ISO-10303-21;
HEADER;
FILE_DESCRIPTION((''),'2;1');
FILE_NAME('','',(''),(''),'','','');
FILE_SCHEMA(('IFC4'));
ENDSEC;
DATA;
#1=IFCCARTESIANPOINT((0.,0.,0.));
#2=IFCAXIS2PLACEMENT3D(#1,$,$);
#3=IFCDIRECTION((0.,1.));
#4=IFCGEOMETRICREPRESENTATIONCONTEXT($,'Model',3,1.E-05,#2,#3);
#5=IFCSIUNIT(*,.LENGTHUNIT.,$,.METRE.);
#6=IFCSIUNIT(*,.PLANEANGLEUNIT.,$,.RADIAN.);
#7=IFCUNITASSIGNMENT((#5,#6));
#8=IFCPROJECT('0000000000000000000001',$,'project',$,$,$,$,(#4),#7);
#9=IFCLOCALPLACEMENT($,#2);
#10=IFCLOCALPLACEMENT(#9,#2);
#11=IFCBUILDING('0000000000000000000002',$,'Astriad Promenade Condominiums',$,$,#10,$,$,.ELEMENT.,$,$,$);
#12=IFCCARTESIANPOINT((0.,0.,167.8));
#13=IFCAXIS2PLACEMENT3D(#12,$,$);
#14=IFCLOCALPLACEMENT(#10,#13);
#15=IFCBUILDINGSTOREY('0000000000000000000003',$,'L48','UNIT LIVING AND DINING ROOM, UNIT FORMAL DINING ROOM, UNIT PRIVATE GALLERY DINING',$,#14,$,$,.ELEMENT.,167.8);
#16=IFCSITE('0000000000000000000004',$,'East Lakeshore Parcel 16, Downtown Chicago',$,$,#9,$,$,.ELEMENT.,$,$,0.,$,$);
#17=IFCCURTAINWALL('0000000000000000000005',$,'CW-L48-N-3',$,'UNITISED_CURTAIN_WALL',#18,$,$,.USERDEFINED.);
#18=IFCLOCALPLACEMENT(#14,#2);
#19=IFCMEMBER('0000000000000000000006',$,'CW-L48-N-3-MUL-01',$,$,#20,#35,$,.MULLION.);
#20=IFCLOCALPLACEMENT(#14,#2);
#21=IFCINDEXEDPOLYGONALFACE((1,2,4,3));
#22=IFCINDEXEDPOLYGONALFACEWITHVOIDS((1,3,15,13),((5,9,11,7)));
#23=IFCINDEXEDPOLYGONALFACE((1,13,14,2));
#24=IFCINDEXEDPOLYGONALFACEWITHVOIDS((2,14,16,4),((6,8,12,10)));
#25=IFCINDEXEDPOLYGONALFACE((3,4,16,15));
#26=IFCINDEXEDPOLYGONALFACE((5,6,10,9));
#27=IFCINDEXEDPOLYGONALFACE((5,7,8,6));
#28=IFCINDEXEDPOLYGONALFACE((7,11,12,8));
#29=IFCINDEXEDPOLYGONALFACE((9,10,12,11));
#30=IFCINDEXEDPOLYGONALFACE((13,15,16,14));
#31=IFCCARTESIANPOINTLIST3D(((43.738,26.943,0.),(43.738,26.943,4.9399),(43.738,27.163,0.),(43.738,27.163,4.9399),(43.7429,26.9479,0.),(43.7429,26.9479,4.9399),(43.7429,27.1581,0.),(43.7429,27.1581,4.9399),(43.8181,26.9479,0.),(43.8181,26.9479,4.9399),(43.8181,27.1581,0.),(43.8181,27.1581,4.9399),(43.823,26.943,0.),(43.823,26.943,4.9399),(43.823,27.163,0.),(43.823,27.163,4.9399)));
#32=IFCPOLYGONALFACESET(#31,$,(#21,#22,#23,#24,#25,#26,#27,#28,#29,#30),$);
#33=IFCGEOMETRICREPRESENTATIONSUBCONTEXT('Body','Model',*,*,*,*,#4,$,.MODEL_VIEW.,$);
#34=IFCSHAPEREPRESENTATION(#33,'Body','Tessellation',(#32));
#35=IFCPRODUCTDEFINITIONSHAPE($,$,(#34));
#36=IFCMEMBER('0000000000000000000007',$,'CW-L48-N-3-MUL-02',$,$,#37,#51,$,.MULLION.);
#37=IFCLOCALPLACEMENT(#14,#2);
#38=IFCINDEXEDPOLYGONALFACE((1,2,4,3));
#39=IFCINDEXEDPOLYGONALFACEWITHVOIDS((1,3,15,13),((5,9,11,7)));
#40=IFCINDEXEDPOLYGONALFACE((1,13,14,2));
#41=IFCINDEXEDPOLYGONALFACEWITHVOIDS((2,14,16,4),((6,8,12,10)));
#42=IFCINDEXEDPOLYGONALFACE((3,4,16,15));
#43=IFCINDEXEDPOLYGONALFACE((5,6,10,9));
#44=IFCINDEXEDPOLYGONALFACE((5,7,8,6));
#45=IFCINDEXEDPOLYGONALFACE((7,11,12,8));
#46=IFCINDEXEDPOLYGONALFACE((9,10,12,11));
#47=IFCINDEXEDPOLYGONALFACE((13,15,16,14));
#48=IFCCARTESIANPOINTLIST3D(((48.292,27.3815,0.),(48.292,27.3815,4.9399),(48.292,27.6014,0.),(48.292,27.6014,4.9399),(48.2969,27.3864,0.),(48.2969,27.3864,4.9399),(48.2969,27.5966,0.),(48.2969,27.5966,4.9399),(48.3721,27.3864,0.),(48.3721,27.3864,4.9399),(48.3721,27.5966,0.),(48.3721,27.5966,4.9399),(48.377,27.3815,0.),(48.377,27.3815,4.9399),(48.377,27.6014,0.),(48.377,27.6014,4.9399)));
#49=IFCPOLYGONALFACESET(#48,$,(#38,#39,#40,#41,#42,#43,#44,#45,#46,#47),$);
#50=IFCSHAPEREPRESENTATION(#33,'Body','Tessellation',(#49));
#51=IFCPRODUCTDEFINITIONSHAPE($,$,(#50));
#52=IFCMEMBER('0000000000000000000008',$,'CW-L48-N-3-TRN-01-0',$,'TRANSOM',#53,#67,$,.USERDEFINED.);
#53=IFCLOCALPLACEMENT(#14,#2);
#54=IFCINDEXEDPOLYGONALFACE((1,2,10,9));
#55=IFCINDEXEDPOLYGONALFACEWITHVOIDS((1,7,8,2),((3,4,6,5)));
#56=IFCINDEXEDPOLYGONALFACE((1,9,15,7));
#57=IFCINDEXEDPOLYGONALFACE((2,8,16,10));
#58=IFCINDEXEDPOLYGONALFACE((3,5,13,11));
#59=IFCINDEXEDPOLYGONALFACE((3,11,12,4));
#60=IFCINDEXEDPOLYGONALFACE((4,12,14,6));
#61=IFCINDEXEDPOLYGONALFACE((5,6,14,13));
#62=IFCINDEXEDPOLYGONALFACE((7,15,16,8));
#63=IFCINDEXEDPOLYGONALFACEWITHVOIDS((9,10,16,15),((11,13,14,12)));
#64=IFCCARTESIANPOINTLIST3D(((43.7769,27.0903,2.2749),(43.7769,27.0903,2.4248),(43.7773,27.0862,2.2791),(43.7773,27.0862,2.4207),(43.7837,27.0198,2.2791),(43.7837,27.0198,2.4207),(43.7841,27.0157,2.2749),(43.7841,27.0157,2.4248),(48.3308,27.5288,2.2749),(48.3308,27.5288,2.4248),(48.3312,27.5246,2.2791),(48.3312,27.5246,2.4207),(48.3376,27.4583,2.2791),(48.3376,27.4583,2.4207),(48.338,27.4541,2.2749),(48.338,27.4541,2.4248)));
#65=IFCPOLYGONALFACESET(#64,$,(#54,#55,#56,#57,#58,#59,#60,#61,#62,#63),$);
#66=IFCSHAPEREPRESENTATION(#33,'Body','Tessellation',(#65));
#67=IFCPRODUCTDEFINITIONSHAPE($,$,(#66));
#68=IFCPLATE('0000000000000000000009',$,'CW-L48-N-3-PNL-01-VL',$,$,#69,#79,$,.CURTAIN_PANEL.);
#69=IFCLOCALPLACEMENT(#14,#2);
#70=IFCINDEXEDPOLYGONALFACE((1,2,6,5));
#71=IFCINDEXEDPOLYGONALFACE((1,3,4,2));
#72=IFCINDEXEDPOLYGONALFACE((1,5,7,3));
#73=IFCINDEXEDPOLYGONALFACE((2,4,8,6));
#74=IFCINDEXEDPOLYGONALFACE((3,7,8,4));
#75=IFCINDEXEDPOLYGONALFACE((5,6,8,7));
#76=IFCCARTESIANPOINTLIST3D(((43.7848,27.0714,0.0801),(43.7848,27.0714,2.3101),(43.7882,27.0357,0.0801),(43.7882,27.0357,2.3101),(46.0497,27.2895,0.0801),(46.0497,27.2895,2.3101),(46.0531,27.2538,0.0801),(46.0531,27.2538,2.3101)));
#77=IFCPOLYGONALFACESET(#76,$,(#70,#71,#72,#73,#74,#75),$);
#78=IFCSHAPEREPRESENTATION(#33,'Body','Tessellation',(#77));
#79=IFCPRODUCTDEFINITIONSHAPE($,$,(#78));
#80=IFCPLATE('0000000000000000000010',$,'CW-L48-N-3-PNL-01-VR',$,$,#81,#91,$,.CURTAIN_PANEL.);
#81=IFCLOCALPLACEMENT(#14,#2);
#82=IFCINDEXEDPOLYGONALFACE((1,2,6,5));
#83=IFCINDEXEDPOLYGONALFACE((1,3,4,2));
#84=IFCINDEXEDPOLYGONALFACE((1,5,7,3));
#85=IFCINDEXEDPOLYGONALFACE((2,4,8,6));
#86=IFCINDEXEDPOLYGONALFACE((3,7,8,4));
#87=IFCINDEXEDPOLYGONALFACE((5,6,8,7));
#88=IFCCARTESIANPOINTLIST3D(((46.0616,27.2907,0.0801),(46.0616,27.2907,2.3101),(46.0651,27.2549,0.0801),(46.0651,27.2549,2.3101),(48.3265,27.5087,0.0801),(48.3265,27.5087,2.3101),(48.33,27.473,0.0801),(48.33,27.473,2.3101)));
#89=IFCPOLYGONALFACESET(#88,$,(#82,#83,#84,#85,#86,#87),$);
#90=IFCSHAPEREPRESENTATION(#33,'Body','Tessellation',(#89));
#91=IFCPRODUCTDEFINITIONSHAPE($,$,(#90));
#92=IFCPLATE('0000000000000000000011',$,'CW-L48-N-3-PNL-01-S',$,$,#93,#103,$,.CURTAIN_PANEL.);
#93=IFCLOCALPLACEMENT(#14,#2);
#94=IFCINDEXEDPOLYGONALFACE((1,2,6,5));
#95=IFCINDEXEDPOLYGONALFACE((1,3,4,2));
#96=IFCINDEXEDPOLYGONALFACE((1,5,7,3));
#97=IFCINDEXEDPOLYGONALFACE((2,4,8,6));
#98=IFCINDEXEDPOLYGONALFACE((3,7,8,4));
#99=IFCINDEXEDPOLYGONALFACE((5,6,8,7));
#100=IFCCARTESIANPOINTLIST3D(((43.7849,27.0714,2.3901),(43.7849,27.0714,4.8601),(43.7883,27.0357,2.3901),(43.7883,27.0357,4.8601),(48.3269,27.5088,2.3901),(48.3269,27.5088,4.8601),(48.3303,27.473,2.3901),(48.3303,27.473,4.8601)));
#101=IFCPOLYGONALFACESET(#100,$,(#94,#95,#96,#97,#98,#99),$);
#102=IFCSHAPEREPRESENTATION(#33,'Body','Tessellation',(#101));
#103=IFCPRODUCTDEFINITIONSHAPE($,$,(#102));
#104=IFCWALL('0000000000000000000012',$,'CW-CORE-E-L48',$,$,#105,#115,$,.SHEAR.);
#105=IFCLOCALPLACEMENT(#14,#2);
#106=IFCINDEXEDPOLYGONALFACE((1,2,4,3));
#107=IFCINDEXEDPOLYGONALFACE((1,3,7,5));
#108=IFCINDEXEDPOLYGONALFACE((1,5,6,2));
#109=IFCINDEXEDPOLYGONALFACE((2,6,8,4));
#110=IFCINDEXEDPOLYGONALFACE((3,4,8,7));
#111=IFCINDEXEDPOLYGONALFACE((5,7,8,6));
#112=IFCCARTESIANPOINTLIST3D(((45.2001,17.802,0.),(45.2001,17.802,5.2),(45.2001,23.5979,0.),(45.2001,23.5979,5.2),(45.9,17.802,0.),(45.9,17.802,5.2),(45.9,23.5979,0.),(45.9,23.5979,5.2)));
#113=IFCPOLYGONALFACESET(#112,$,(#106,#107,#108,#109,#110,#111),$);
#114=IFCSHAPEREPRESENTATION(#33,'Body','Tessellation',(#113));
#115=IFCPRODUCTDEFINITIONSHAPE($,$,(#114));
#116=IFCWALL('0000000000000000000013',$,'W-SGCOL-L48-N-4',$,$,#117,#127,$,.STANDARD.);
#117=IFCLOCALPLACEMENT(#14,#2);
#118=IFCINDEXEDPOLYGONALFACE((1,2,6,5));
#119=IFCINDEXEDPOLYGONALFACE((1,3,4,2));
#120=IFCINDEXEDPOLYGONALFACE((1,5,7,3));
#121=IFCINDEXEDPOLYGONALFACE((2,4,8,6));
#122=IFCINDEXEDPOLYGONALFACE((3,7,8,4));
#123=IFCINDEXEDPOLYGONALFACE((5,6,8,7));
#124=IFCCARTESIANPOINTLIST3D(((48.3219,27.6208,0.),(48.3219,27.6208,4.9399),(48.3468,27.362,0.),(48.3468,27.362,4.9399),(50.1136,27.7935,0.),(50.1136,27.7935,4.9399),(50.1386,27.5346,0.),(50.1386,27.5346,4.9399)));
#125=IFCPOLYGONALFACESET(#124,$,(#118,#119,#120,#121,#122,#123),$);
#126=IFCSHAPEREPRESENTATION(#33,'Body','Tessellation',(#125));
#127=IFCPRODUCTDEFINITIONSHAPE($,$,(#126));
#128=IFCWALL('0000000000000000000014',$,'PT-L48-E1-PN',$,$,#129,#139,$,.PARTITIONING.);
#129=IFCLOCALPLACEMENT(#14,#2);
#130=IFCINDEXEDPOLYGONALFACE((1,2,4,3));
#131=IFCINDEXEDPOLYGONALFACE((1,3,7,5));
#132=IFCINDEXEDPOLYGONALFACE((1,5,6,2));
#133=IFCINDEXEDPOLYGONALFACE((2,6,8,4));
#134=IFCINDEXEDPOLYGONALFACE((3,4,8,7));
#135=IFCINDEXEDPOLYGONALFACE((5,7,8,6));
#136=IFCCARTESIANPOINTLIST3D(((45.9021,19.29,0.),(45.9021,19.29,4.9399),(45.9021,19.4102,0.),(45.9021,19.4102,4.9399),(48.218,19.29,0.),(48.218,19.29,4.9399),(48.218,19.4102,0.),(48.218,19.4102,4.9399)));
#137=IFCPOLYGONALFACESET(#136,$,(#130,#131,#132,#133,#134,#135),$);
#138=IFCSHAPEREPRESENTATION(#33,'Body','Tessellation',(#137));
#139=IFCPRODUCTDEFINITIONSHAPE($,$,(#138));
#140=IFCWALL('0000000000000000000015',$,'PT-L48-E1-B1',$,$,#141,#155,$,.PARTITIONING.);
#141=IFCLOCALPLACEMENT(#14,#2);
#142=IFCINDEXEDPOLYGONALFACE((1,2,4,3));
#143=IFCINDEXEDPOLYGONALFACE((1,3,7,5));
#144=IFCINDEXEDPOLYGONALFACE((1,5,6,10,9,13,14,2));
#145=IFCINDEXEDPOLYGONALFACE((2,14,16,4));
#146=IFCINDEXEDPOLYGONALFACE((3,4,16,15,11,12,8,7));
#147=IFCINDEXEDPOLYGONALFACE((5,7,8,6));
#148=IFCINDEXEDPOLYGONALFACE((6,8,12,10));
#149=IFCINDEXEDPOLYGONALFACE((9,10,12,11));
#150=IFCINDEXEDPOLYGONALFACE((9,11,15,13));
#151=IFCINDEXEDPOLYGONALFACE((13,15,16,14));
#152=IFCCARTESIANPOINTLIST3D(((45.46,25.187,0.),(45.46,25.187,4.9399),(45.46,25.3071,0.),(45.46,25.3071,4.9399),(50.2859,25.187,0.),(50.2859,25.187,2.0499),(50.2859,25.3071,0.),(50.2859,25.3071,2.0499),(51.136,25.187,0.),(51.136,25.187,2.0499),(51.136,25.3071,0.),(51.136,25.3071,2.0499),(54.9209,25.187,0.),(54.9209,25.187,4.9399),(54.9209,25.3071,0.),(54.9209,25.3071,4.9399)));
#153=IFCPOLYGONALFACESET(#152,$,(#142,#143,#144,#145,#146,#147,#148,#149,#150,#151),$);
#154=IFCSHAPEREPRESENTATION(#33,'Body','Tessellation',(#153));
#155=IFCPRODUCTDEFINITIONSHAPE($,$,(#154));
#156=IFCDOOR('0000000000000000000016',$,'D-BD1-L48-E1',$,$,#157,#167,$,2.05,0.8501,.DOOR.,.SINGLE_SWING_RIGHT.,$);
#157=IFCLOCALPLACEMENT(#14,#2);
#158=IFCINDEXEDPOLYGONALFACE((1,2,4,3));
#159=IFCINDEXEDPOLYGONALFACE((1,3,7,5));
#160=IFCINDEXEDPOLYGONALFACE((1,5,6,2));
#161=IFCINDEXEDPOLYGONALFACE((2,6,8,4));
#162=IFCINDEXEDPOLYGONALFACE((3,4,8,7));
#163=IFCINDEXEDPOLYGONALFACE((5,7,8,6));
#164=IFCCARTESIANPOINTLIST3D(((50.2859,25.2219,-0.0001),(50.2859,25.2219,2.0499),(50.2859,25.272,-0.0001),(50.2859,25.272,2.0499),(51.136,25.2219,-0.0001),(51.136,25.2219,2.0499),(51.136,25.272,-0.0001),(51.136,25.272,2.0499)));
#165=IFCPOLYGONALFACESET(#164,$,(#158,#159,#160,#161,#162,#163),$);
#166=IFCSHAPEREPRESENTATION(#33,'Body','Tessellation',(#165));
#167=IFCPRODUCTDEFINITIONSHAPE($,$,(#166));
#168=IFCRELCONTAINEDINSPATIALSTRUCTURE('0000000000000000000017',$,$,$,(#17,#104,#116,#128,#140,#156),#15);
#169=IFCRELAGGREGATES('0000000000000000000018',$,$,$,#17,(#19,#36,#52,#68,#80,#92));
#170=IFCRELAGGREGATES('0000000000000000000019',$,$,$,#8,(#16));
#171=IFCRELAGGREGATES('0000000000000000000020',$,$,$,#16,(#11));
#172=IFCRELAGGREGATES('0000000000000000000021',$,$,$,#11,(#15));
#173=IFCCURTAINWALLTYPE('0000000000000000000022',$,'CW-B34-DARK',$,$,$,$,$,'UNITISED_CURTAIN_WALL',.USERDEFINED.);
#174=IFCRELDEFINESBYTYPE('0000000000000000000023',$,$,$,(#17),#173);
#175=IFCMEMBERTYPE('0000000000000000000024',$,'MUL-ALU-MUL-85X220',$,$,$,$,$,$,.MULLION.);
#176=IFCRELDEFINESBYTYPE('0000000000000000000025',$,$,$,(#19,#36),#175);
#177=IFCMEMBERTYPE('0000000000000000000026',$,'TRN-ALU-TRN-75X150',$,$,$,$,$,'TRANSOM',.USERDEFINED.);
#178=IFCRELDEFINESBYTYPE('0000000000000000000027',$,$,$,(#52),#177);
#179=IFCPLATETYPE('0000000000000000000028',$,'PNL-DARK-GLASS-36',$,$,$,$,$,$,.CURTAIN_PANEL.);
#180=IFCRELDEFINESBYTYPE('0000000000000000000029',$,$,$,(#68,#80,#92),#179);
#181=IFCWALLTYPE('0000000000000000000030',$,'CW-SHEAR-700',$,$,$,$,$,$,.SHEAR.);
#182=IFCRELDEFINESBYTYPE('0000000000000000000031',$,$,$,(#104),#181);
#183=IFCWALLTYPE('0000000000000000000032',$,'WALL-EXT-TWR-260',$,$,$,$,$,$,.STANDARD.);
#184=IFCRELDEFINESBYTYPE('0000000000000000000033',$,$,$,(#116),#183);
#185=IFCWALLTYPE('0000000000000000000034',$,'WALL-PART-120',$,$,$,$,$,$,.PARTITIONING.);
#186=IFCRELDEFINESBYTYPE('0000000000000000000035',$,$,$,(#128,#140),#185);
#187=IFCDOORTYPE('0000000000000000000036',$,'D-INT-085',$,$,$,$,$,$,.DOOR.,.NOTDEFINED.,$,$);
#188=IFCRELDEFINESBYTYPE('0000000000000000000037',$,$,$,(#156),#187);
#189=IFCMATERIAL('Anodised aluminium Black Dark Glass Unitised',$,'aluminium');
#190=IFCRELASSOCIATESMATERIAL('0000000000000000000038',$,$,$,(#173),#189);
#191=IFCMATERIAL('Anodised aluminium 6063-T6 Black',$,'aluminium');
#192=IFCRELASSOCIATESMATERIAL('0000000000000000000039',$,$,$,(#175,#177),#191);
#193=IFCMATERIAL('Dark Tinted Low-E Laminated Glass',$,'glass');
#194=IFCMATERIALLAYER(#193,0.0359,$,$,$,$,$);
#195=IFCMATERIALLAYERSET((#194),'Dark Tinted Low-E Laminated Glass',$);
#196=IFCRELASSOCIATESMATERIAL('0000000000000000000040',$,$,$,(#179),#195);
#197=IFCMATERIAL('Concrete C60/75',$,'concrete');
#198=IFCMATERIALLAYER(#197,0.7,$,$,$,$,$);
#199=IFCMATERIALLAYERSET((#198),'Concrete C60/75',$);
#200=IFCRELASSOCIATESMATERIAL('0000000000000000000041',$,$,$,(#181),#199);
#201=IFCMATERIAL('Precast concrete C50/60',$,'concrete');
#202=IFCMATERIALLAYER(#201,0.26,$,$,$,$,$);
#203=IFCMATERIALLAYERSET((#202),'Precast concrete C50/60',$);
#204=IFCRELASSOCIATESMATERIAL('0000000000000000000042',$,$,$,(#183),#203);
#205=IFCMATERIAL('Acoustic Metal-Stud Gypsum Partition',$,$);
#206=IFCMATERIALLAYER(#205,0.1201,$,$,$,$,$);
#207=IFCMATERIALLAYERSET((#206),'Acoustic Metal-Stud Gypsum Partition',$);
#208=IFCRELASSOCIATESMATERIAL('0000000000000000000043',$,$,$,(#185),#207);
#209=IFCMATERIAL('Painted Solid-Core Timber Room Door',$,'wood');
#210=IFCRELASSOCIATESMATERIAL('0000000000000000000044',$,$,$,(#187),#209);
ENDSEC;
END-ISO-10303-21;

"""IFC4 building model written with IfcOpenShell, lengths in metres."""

from ifc_helpers import new_model, si_unit, direction, frame, frame_2d, origin, origin_2d, place, context, subcontext, project, spatial, rectangle, hollow_rectangle, extrude, source, transform, mapped, material, layer, layer_set, material_profile, profile_set, type_object, type_shapes, element, fill, aggregate, save


model = new_model("IFC4")

# Units and contexts
model_context = context("Model", 3, precision=1e-05, world=origin(), true_north=direction((0.0, 1.0)))
body_context = subcontext(model_context, "Body", "Model", "MODEL_VIEW")
ifc_project = project(units=[si_unit("LENGTHUNIT", "METRE"), si_unit("PLANEANGLEUNIT", "RADIAN")], contexts=[model_context])

# Site, building, storey
site_placement = place(None, origin())
site = spatial("IfcSite", under=ifc_project, at=site_placement, Name="East Lakeshore Parcel 16, Downtown Chicago", CompositionType="ELEMENT", RefElevation=0.0)
building_placement = place(site_placement, origin())
building = spatial("IfcBuilding", under=site, at=building_placement, Name="Astriad Promenade Condominiums", CompositionType="ELEMENT")
storey_placement = place(building_placement, frame((0.0, 0.0, 167.8)))
storey = spatial("IfcBuildingStorey", under=building, at=storey_placement, Name="L48", Description="UNIT LIVING AND DINING ROOM, UNIT FORMAL DINING ROOM, UNIT PRIVATE GALLERY DINING", CompositionType="ELEMENT", Elevation=167.8)

# Curtain wall, members, plates
ifc_material_1 = material(Name="Anodised aluminium Black Dark Glass Unitised", Category="aluminium")
curtain_wall_type = type_object("IfcCurtainWallType", Name="CW-B34-DARK", ElementType="UNITISED_CURTAIN_WALL", PredefinedType="USERDEFINED", material=ifc_material_1)
curtain_wall_placement = place(storey_placement, origin())
curtain_wall = element("IfcCurtainWall", 1, at=curtain_wall_placement, inside=storey, type_object=curtain_wall_type, Name="CW-L48-N-3", ObjectType="UNITISED_CURTAIN_WALL", PredefinedType="USERDEFINED")
ifc_material_2 = material(Name="Anodised aluminium 6063-T6 Black", Category="aluminium")
ifc_material_profile_1 = material_profile(ifc_material_2, hollow_rectangle(XDim=0.085, YDim=0.22, WallThickness=0.0049, at=origin_2d()), Name="ALU-MUL-85X220")
ifc_profile_set_1 = profile_set([ifc_material_profile_1], Name="Anodised aluminium 6063-T6 Black")
member_type_1 = type_object("IfcMemberType", Name="MUL-ALU-MUL-85X220", PredefinedType="MULLION", material=ifc_profile_set_1)
shared_shape_1 = source(origin(), body_context, "Body", "SweptSolid", [
    extrude(hollow_rectangle(XDim=0.085, YDim=0.22, WallThickness=0.0049, at=origin_2d()), origin(), (0.0, 0.0, 1.0), 4.9399),
])
type_shapes(member_type_1, [shared_shape_1])
member_1_placement = place(storey_placement, frame((43.7805, 27.053, 0.0), z_axis=(0.0, 0.0, 1.0), x_axis=(1.0, 0.0, 0.0)))
member_1 = element("IfcMember", 2, at=member_1_placement, type_object=member_type_1, Name="CW-L48-N-3-MUL-01", PredefinedType="MULLION", context=body_context, shape_type="MappedRepresentation", body=[
    mapped(shared_shape_1, transform((0.0, 0.0, 0.0), scale=1.0)),
])
member_2_placement = place(storey_placement, frame((48.3345, 27.4915, 0.0), z_axis=(0.0, 0.0, 1.0), x_axis=(1.0, 0.0, 0.0)))
member_2 = element("IfcMember", 3, at=member_2_placement, type_object=member_type_1, Name="CW-L48-N-3-MUL-02", PredefinedType="MULLION", context=body_context, shape_type="MappedRepresentation", body=[
    mapped(shared_shape_1, transform((0.0, 0.0, 0.0), scale=1.0)),
])
ifc_material_profile_2 = material_profile(ifc_material_2, hollow_rectangle(XDim=0.075, YDim=0.1499, WallThickness=0.0042, at=origin_2d()), Name="ALU-TRN-75X150")
ifc_profile_set_2 = profile_set([ifc_material_profile_2], Name="Anodised aluminium 6063-T6 Black")
member_type_2 = type_object("IfcMemberType", Name="TRN-ALU-TRN-75X150", ElementType="TRANSOM", PredefinedType="USERDEFINED", material=ifc_profile_set_2)
shared_shape_2 = source(origin(), body_context, "Body", "SweptSolid", [
    extrude(hollow_rectangle(XDim=0.075, YDim=0.1499, WallThickness=0.0042, at=origin_2d()), origin(), (0.0, 0.0, 1.0), 4.575),
])
type_shapes(member_type_2, [shared_shape_2])
member_3_placement = place(storey_placement, frame((43.7805, 27.053, 2.3499), z_axis=(0.995397, 0.095842, 0.0), x_axis=(-0.095842, 0.995397, 0.0)))
member_3 = element("IfcMember", 4, at=member_3_placement, type_object=member_type_2, Name="CW-L48-N-3-TRN-01-0", ObjectType="TRANSOM", PredefinedType="USERDEFINED", context=body_context, shape_type="MappedRepresentation", body=[
    mapped(shared_shape_2, transform((0.0, 0.0, 0.0), scale=1.0)),
])
ifc_material_3 = material(Name="Dark Tinted Low-E Laminated Glass", Category="glass")
ifc_layer_1 = layer(ifc_material_3, 0.0359)
ifc_layer_set_1 = layer_set([ifc_layer_1], Name="Dark Tinted Low-E Laminated Glass")
plate_type = type_object("IfcPlateType", Name="PNL-DARK-GLASS-36", PredefinedType="CURTAIN_PANEL", material=ifc_layer_set_1)
shared_shape_3 = source(origin(), body_context, "Body", "SweptSolid", [
    extrude(rectangle(XDim=2.2754, YDim=0.0359, at=origin_2d()), origin(), (0.0, 0.0, 1.0), 2.23),
])
plate_1_placement = place(storey_placement, frame((44.9189, 27.1626, 0.0801), z_axis=(0.0, 0.0, 1.0), x_axis=(0.995396, 0.095846, 0.0)))
plate_1 = element("IfcPlate", 5, at=plate_1_placement, type_object=plate_type, Name="CW-L48-N-3-PNL-01-VL", PredefinedType="CURTAIN_PANEL", context=body_context, shape_type="MappedRepresentation", body=[
    mapped(shared_shape_3, transform((0.0, 0.0, 0.0), scale=1.0)),
])
plate_2_placement = place(storey_placement, frame((47.1958, 27.3818, 0.0801), z_axis=(0.0, 0.0, 1.0), x_axis=(0.995396, 0.095846, 0.0)))
plate_2 = element("IfcPlate", 6, at=plate_2_placement, type_object=plate_type, Name="CW-L48-N-3-PNL-01-VR", PredefinedType="CURTAIN_PANEL", context=body_context, shape_type="MappedRepresentation", body=[
    mapped(shared_shape_3, transform((0.0, 0.0, 0.0), scale=1.0)),
])
shared_shape_4 = source(origin(), body_context, "Body", "SweptSolid", [
    extrude(rectangle(XDim=4.563, YDim=0.0359, at=origin_2d()), origin(), (0.0, 0.0, 1.0), 2.47),
])
type_shapes(plate_type, [shared_shape_3, shared_shape_4])
plate_3_placement = place(storey_placement, frame((46.0576, 27.2722, 2.3901), z_axis=(0.0, 0.0, 1.0), x_axis=(0.995396, 0.095846, 0.0)))
plate_3 = element("IfcPlate", 7, at=plate_3_placement, type_object=plate_type, Name="CW-L48-N-3-PNL-01-S", PredefinedType="CURTAIN_PANEL", context=body_context, shape_type="MappedRepresentation", body=[
    mapped(shared_shape_4, transform((0.0, 0.0, 0.0), scale=1.0)),
])
aggregate(curtain_wall, [member_1, member_2, member_3, plate_1, plate_2, plate_3])

# Walls
ifc_material_4 = material(Name="Concrete C60/75", Category="concrete")
ifc_layer_2 = layer(ifc_material_4, 0.7)
ifc_layer_set_2 = layer_set([ifc_layer_2], Name="Concrete C60/75")
wall_type_1 = type_object("IfcWallType", Name="CW-SHEAR-700", PredefinedType="SHEAR", material=ifc_layer_set_2)
wall_1_placement = place(storey_placement, frame((45.55, 17.802, 0.0), z_axis=(0.0, 0.0, 1.0), x_axis=(0.0, 1.0, 0.0)))
element("IfcWall", 8, at=wall_1_placement, inside=storey, type_object=wall_type_1, Name="CW-CORE-E-L48", PredefinedType="SHEAR", context=body_context, shape_type="SweptSolid", body=[
    extrude(rectangle(XDim=5.7959, YDim=0.7, at=frame_2d((2.8979, 0.0))), origin(), (0.0, 0.0, 1.0), 5.2),
])
ifc_material_5 = material(Name="Precast concrete C50/60", Category="concrete")
ifc_layer_3 = layer(ifc_material_5, 0.26)
ifc_layer_set_3 = layer_set([ifc_layer_3], Name="Precast concrete C50/60")
wall_type_2 = type_object("IfcWallType", Name="WALL-EXT-TWR-260", PredefinedType="STANDARD", material=ifc_layer_set_3)
wall_2_placement = place(storey_placement, frame((48.3345, 27.4915, 0.0), z_axis=(0.0, 0.0, 1.0), x_axis=(0.995392, 0.095891, 0.0)))
element("IfcWall", 9, at=wall_2_placement, inside=storey, type_object=wall_type_2, Name="W-SGCOL-L48-N-4", PredefinedType="STANDARD", context=body_context, shape_type="SweptSolid", body=[
    extrude(rectangle(XDim=1.8, YDim=0.26, at=frame_2d((0.8999, 0.0))), origin(), (0.0, 0.0, 1.0), 4.9399),
])
ifc_material_6 = material(Name="Acoustic Metal-Stud Gypsum Partition")
ifc_layer_4 = layer(ifc_material_6, 0.1201)
ifc_layer_set_4 = layer_set([ifc_layer_4], Name="Acoustic Metal-Stud Gypsum Partition")
wall_type_3 = type_object("IfcWallType", Name="WALL-PART-120", PredefinedType="PARTITIONING", material=ifc_layer_set_4)
wall_3_placement = place(storey_placement, frame((45.9021, 19.3501, 0.0), z_axis=(0.0, 0.0, 1.0), x_axis=(1.0, 0.0, 0.0)))
element("IfcWall", 10, at=wall_3_placement, inside=storey, type_object=wall_type_3, Name="PT-L48-E1-PN", PredefinedType="PARTITIONING", context=body_context, shape_type="SweptSolid", body=[
    extrude(rectangle(XDim=2.3159, YDim=0.1201, at=frame_2d((1.158, 0.0))), origin(), (0.0, 0.0, 1.0), 4.9399),
])

# Wall, opening, door
wall_4_placement = place(storey_placement, frame((45.46, 25.2471, 0.0), z_axis=(0.0, 0.0, 1.0), x_axis=(1.0, 0.0, 0.0)))
wall_4 = element("IfcWall", 11, at=wall_4_placement, inside=storey, type_object=wall_type_3, Name="PT-L48-E1-B1", PredefinedType="PARTITIONING", context=body_context, shape_type="SweptSolid", body=[
    extrude(rectangle(XDim=9.4609, YDim=0.1201, at=frame_2d((4.7305, 0.0))), origin(), (0.0, 0.0, 1.0), 4.9399),
])
opening_1_placement = place(wall_4_placement, frame((4.8259, 0.0, 0.0)))
opening_1 = element("IfcOpeningElement", 12, at=opening_1_placement, cuts=wall_4, PredefinedType="OPENING", context=body_context, shape_type="SweptSolid", body=[
    extrude(rectangle(XDim=0.8501, YDim=2.05, at=frame_2d((0.425, 1.0249))), frame((0.0, 0.0701, 0.0), z_axis=(0.0, -1.0, 0.0), x_axis=(1.0, 0.0, 0.0)), (0.0, 0.0, 1.0), 0.1401),
])
ifc_material_7 = material(Name="Painted Solid-Core Timber Room Door", Category="wood")
door_type = type_object("IfcDoorType", Name="D-INT-085", OperationType="NOTDEFINED", PredefinedType="DOOR", material=ifc_material_7)
shared_shape_5 = source(origin(), body_context, "Body", "SweptSolid", [
    extrude(rectangle(XDim=0.8501, YDim=2.05, at=frame_2d((0.425, 1.0249))), frame((0.0, 0.0249, 0.0), z_axis=(0.0, -1.0, 0.0), x_axis=(1.0, 0.0, 0.0)), (0.0, 0.0, 1.0), 0.05),
])
type_shapes(door_type, [shared_shape_5])
door_1_placement = place(opening_1_placement, origin())
door_1 = element("IfcDoor", 13, at=door_1_placement, inside=storey, type_object=door_type, Name="D-BD1-L48-E1", OperationType="SINGLE_SWING_RIGHT", OverallHeight=2.05, OverallWidth=0.8501, PredefinedType="DOOR", context=body_context, shape_type="MappedRepresentation", body=[
    mapped(shared_shape_5, transform((0.0, 0.0, 0.0), scale=1.0)),
])
fill(opening_1, door_1)

save(model, "model.ifc")
